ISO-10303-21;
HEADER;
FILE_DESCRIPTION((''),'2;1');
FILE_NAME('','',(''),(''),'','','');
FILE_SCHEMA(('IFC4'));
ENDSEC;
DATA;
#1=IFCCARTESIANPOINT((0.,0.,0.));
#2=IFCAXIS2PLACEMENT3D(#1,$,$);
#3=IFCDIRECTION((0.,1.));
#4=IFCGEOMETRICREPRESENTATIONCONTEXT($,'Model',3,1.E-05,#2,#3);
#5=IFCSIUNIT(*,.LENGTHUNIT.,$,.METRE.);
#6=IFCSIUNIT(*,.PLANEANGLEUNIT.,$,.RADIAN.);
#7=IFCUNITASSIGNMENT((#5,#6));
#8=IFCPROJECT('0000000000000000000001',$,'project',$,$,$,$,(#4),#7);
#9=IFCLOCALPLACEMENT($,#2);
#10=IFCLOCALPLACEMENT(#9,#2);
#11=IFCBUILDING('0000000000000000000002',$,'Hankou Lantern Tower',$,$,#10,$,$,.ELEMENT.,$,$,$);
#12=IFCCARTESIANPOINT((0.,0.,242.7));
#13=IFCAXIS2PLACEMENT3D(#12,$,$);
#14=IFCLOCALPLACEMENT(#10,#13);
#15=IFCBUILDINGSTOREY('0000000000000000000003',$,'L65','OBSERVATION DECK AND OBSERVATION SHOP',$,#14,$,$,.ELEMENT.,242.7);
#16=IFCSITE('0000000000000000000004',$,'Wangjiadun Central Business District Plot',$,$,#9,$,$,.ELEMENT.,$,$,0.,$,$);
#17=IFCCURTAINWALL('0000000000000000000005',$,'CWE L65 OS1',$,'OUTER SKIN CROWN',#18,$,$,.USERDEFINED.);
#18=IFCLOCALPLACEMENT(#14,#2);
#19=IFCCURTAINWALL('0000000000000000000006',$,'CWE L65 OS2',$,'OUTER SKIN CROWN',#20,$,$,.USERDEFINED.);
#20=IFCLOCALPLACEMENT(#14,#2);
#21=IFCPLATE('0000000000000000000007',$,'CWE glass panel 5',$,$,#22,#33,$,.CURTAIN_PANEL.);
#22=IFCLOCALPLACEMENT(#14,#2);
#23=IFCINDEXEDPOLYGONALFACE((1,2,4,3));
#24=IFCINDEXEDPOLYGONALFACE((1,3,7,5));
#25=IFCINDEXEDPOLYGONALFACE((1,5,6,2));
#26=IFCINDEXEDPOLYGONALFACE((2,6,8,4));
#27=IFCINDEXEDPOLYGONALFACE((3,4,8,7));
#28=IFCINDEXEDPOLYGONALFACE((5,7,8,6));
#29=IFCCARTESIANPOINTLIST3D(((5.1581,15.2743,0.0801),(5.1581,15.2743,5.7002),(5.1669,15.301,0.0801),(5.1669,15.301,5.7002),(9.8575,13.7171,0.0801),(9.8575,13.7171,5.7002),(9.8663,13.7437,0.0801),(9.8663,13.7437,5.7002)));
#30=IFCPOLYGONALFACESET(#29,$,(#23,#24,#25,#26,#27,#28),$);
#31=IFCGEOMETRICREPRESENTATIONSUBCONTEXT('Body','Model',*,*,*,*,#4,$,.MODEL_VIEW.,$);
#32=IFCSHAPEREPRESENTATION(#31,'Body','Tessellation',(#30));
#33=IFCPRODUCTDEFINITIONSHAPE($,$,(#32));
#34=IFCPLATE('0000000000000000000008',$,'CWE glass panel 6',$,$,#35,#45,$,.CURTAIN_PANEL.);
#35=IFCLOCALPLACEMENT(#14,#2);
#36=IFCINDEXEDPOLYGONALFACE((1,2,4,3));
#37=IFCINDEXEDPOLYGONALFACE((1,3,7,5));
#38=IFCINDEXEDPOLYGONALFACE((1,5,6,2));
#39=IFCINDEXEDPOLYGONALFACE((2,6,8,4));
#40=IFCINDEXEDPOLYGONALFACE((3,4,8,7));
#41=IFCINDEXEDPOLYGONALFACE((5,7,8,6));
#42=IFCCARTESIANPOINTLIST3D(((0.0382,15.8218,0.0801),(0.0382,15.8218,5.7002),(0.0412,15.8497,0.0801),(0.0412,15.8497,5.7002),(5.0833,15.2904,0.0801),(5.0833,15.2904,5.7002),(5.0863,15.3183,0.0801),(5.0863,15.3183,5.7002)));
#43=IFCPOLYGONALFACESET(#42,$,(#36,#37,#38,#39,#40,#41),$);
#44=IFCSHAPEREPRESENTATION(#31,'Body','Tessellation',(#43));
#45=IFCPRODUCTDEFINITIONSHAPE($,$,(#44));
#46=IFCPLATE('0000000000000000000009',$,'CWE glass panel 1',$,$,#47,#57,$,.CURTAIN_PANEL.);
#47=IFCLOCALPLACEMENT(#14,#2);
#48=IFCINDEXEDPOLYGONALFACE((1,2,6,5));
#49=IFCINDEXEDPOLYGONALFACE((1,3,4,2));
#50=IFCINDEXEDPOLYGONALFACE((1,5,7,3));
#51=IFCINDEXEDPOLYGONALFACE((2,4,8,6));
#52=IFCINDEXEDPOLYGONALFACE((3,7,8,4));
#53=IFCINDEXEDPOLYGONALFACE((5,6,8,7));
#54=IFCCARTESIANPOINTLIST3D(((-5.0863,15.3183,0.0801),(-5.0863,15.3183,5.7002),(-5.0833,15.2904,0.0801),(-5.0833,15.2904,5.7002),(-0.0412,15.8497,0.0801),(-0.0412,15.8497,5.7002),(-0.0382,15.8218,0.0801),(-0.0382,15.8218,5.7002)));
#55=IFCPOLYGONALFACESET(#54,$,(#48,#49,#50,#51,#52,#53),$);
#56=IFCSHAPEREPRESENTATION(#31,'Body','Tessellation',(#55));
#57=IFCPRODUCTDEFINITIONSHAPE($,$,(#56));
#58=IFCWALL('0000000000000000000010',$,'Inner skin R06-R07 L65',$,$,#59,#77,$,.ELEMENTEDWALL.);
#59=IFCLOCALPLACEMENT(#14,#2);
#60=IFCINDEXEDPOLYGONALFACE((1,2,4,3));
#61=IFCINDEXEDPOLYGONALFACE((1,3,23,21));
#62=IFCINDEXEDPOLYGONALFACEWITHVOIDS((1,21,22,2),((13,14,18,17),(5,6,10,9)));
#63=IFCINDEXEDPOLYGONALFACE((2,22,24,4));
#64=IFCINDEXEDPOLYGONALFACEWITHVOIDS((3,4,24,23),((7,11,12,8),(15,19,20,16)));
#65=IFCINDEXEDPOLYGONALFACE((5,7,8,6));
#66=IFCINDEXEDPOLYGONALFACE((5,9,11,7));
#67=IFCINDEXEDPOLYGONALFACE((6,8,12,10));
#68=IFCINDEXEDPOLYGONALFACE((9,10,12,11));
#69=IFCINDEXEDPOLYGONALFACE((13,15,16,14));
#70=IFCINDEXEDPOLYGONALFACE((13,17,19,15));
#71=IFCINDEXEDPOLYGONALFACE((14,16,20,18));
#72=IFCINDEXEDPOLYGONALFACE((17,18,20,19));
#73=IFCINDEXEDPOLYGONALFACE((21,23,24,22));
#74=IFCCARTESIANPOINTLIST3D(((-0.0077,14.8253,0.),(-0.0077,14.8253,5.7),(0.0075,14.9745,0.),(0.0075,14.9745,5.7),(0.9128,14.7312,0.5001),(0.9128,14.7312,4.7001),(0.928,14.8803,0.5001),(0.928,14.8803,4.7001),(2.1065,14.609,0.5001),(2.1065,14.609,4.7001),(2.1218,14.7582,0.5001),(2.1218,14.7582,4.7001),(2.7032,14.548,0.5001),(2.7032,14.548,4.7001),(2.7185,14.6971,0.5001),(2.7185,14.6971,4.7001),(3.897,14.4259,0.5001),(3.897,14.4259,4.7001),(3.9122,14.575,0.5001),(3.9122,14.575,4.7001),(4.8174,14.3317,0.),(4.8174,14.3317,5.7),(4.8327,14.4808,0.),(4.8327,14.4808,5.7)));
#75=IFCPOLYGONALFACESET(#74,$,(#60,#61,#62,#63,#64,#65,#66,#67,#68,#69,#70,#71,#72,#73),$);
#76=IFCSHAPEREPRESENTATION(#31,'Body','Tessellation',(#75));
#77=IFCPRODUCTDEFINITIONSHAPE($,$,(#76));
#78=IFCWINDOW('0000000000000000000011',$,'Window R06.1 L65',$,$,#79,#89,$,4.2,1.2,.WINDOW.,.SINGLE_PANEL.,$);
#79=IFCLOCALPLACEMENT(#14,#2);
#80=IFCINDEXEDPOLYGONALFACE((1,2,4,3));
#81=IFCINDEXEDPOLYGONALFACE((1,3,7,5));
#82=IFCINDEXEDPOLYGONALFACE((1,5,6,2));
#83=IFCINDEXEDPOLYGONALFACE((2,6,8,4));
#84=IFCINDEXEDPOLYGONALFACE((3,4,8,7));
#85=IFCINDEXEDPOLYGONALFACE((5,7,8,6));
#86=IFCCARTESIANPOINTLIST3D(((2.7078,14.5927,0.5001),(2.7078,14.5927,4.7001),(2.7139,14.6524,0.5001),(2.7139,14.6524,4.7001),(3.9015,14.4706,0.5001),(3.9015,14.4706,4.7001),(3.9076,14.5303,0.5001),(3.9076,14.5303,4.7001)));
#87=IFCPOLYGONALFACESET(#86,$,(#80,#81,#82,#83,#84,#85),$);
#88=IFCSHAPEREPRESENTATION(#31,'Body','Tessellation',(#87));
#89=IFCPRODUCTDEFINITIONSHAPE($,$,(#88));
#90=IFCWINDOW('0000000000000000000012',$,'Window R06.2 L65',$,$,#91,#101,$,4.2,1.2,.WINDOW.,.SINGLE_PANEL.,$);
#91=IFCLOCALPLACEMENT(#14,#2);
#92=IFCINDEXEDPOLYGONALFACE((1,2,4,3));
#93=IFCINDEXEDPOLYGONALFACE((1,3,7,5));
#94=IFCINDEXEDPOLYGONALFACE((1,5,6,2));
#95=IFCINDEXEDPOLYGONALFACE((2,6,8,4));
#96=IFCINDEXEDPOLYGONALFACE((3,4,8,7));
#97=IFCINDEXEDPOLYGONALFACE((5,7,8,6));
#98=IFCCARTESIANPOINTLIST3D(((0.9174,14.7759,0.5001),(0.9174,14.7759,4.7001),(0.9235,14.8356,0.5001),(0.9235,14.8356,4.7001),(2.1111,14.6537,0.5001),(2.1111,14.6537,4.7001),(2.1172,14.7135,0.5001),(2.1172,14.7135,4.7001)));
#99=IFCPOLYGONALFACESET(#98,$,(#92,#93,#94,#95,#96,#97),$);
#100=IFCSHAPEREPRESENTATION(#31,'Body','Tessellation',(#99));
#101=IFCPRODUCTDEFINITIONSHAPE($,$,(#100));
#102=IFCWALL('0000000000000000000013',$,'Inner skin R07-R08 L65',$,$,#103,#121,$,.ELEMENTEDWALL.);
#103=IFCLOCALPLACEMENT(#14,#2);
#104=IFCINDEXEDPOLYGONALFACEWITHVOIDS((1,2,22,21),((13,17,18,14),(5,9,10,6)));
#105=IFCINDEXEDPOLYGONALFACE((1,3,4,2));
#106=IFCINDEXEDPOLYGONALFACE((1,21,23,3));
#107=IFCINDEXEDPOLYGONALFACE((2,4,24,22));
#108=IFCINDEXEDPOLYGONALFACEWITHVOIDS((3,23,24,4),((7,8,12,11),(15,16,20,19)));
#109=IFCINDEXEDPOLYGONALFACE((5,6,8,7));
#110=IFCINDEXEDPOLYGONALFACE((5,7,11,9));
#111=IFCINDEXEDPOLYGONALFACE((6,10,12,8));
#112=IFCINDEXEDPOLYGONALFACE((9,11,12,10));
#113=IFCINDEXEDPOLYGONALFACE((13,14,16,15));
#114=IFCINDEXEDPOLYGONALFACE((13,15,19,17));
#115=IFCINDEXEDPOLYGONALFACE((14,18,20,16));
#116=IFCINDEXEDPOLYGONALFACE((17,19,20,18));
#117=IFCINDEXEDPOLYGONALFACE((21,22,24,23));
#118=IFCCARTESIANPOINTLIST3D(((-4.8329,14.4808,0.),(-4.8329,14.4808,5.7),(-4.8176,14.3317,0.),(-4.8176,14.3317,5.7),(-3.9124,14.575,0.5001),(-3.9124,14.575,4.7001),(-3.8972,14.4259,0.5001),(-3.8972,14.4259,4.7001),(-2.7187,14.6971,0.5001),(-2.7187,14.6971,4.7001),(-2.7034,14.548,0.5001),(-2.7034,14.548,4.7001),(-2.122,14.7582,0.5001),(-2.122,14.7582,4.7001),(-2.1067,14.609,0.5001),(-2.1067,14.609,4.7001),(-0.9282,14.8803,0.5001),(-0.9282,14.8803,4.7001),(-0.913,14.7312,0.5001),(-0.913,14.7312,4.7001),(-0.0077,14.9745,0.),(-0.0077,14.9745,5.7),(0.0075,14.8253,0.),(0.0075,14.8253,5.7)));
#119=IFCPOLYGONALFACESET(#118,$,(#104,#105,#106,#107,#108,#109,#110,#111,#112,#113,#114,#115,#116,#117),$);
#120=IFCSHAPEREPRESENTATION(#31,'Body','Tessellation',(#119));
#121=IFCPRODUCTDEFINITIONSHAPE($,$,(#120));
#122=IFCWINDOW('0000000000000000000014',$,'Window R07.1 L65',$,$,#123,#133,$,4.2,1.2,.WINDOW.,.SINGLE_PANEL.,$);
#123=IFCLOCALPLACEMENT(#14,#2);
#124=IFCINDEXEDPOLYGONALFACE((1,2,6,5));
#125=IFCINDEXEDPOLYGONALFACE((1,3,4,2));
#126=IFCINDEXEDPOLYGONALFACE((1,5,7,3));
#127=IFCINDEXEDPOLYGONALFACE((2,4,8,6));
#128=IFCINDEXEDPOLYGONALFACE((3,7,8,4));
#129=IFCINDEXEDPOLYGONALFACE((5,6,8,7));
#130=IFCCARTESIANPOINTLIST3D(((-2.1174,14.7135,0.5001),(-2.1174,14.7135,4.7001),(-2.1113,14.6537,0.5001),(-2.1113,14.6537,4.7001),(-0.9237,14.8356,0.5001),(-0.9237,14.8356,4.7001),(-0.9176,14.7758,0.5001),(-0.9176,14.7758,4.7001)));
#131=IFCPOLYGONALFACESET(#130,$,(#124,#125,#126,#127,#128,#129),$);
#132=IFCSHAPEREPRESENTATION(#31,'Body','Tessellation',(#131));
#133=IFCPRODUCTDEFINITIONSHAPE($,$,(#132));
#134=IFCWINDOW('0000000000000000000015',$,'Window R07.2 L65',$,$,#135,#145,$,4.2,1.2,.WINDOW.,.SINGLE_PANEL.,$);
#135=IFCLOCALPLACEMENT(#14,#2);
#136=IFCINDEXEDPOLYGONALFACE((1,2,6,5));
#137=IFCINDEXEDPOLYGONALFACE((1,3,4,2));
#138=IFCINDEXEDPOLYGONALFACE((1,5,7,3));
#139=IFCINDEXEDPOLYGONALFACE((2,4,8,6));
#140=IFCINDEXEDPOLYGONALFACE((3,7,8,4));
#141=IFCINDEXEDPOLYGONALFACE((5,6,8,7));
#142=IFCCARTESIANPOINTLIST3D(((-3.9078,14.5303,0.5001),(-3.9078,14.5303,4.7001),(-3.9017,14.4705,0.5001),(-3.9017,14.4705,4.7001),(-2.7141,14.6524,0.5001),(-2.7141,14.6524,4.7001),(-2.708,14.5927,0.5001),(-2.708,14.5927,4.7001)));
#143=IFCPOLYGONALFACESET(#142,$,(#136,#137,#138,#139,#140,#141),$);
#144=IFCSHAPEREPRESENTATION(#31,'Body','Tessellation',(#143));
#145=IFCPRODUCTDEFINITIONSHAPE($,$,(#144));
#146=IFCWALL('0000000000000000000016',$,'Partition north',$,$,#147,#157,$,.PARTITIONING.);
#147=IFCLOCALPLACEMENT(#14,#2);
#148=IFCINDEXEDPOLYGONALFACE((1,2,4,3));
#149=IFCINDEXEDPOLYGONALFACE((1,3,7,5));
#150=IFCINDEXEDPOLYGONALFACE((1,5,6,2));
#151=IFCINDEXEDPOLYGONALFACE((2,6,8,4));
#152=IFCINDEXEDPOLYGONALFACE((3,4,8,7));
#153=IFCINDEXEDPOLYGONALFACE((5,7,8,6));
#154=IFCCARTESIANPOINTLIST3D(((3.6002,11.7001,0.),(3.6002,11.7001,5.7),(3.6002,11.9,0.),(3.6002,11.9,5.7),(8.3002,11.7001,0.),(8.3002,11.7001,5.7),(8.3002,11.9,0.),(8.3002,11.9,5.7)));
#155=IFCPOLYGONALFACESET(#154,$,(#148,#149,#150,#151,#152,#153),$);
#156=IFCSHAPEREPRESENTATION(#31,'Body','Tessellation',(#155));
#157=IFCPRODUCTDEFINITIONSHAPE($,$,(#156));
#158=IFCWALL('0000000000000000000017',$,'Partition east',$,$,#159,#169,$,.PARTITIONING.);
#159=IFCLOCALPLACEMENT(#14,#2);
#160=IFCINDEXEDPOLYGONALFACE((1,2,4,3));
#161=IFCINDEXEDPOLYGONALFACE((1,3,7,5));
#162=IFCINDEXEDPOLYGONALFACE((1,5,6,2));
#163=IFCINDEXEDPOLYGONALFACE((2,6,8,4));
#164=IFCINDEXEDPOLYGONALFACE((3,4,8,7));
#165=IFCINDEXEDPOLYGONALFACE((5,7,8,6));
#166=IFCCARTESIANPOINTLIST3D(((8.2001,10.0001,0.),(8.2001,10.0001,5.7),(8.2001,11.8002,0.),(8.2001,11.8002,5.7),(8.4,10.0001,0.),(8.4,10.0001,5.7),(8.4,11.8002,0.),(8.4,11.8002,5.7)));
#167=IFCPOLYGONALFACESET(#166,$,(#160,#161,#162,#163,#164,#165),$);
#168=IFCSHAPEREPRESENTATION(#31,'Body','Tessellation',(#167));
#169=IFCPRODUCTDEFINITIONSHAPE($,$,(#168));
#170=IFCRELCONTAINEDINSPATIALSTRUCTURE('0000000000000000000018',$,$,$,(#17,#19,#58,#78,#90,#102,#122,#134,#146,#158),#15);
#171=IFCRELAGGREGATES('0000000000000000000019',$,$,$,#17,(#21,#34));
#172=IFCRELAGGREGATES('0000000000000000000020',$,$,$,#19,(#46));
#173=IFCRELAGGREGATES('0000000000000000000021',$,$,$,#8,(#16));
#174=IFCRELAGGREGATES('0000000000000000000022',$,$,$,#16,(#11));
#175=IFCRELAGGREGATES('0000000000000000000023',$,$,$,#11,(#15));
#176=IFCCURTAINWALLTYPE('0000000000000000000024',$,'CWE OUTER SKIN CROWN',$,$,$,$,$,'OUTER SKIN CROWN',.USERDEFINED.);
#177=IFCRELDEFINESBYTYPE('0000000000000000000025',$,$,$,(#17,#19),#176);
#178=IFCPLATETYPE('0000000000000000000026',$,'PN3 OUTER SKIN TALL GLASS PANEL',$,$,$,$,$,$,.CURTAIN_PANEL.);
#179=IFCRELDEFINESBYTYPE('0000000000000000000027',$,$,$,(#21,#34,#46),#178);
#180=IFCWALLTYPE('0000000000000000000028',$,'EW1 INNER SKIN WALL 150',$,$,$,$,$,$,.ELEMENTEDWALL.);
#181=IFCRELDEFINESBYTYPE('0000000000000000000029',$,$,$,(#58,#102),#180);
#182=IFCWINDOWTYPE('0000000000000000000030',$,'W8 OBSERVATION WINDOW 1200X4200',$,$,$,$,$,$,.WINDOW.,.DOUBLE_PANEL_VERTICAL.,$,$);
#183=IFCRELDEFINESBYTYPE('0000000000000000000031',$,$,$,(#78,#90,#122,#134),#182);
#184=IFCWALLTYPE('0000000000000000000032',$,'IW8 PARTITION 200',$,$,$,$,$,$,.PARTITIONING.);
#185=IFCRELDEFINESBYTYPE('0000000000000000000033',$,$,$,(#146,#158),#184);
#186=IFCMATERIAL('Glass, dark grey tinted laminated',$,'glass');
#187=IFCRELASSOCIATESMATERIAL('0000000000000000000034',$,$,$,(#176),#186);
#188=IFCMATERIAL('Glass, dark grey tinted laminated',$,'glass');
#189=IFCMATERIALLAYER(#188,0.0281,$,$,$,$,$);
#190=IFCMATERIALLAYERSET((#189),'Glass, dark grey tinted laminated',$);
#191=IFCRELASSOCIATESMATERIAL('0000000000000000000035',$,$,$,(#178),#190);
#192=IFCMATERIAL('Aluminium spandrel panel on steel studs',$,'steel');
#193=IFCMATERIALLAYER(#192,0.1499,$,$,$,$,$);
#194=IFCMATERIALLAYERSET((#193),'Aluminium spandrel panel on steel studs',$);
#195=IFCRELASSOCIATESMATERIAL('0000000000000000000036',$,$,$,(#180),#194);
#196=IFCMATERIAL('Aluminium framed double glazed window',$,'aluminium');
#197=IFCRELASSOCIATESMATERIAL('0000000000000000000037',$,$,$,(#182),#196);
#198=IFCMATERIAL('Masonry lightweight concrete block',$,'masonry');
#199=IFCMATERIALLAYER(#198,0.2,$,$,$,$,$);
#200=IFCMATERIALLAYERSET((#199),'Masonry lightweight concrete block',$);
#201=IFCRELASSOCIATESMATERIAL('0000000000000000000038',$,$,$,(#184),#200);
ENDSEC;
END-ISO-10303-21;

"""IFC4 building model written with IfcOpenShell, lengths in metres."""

from ifc_helpers import new_model, si_unit, direction, frame, frame_2d, origin, origin_2d, place, context, subcontext, project, spatial, rectangle, extrude, material, layer, layer_set, type_object, element, fill, aggregate, save


model = new_model("IFC4")

# Units and contexts
model_context = context("Model", 3, precision=1e-05, world=origin(), true_north=direction((0.0, 1.0)))
body_context = subcontext(model_context, "Body", "Model", "MODEL_VIEW")
ifc_project = project(units=[si_unit("LENGTHUNIT", "METRE"), si_unit("PLANEANGLEUNIT", "RADIAN")], contexts=[model_context])

# Site, building, storey
site_placement = place(None, origin())
site = spatial("IfcSite", under=ifc_project, at=site_placement, Name="Wangjiadun Central Business District Plot", CompositionType="ELEMENT", RefElevation=0.0)
building_placement = place(site_placement, origin())
building = spatial("IfcBuilding", under=site, at=building_placement, Name="Hankou Lantern Tower", CompositionType="ELEMENT")
storey_placement = place(building_placement, frame((0.0, 0.0, 242.7)))
storey = spatial("IfcBuildingStorey", under=building, at=storey_placement, Name="L65", Description="OBSERVATION DECK AND OBSERVATION SHOP", CompositionType="ELEMENT", Elevation=242.7)

# Curtain walls
ifc_material_1 = material(Name="Glass, dark grey tinted laminated", Category="glass")
curtain_wall_type = type_object("IfcCurtainWallType", Name="CWE OUTER SKIN CROWN", ElementType="OUTER SKIN CROWN", PredefinedType="USERDEFINED", material=ifc_material_1)
curtain_wall_1_placement = place(storey_placement, origin())
curtain_wall_1 = element("IfcCurtainWall", 1, at=curtain_wall_1_placement, inside=storey, type_object=curtain_wall_type, Name="CWE L65 OS1", ObjectType="OUTER SKIN CROWN", PredefinedType="USERDEFINED")
curtain_wall_2_placement = place(storey_placement, origin())
curtain_wall_2 = element("IfcCurtainWall", 2, at=curtain_wall_2_placement, inside=storey, type_object=curtain_wall_type, Name="CWE L65 OS2", ObjectType="OUTER SKIN CROWN", PredefinedType="USERDEFINED")

# Plates
ifc_material_2 = material(Name="Glass, dark grey tinted laminated", Category="glass")
ifc_layer_1 = layer(ifc_material_2, 0.0281)
ifc_layer_set_1 = layer_set([ifc_layer_1], Name="Glass, dark grey tinted laminated")
plate_type = type_object("IfcPlateType", Name="PN3 OUTER SKIN TALL GLASS PANEL", PredefinedType="CURTAIN_PANEL", material=ifc_layer_set_1)
plate_1_placement = place(storey_placement, frame((7.5122, 14.509, 0.0801), z_axis=(0.0, 0.0, 1.0), x_axis=(-0.949241, 0.314551, 0.0)))
plate_1 = element("IfcPlate", 3, at=plate_1_placement, type_object=plate_type, Name="CWE glass panel 5", PredefinedType="CURTAIN_PANEL", context=body_context, shape_type="SweptSolid", body=[
    extrude(rectangle(XDim=4.9507, YDim=0.0281, at=origin_2d()), origin(), (0.0, 0.0, 1.0), 5.6201),
])
plate_2_placement = place(storey_placement, frame((2.5623, 15.5701, 0.0801), z_axis=(0.0, 0.0, 1.0), x_axis=(-0.994499, 0.104743, 0.0)))
plate_2 = element("IfcPlate", 4, at=plate_2_placement, type_object=plate_type, Name="CWE glass panel 6", PredefinedType="CURTAIN_PANEL", context=body_context, shape_type="SweptSolid", body=[
    extrude(rectangle(XDim=5.073, YDim=0.0281, at=origin_2d()), origin(), (0.0, 0.0, 1.0), 5.6201),
])
aggregate(curtain_wall_1, [plate_1, plate_2])
plate_3_placement = place(storey_placement, frame((-2.5623, 15.5701, 0.0801), z_axis=(0.0, 0.0, 1.0), x_axis=(-0.994499, -0.104743, 0.0)))
plate_3 = element("IfcPlate", 5, at=plate_3_placement, type_object=plate_type, Name="CWE glass panel 1", PredefinedType="CURTAIN_PANEL", context=body_context, shape_type="SweptSolid", body=[
    extrude(rectangle(XDim=5.073, YDim=0.0281, at=origin_2d()), origin(), (0.0, 0.0, 1.0), 5.6201),
])
aggregate(curtain_wall_2, [plate_3])

# Walls, openings, windows
ifc_material_3 = material(Name="Aluminium spandrel panel on steel studs", Category="steel")
ifc_layer_2 = layer(ifc_material_3, 0.1499)
ifc_layer_set_2 = layer_set([ifc_layer_2], Name="Aluminium spandrel panel on steel studs")
wall_type_1 = type_object("IfcWallType", Name="EW1 INNER SKIN WALL 150", PredefinedType="ELEMENTEDWALL", material=ifc_layer_set_2)
wall_1_placement = place(storey_placement, frame((4.8252, 14.4062, 0.0), z_axis=(0.0, 0.0, 1.0), x_axis=(-0.994807, 0.101776, 0.0)))
wall_1 = element("IfcWall", 6, at=wall_1_placement, inside=storey, type_object=wall_type_1, Name="Inner skin R06-R07 L65", PredefinedType="ELEMENTEDWALL", context=body_context, shape_type="SweptSolid", body=[
    extrude(rectangle(XDim=4.8503, YDim=0.1499, at=frame_2d((2.4253, 0.0))), origin(), (0.0, 0.0, 1.0), 5.7),
])
opening_1_placement = place(wall_1_placement, frame((0.9253, 0.0, 0.5)))
opening_1 = element("IfcOpeningElement", 7, at=opening_1_placement, cuts=wall_1, PredefinedType="OPENING", context=body_context, shape_type="SweptSolid", body=[
    extrude(rectangle(XDim=1.2, YDim=4.2, at=frame_2d((0.6001, 2.1001))), frame((0.0, 0.085, 0.0), z_axis=(0.0, -1.0, 0.0), x_axis=(1.0, 0.0, 0.0)), (0.0, 0.0, 1.0), 0.1699),
])
opening_2_placement = place(wall_1_placement, frame((2.7251, 0.0, 0.5)))
opening_2 = element("IfcOpeningElement", 8, at=opening_2_placement, cuts=wall_1, PredefinedType="OPENING", context=body_context, shape_type="SweptSolid", body=[
    extrude(rectangle(XDim=1.2, YDim=4.2, at=frame_2d((0.6001, 2.1001))), frame((0.0, 0.085, 0.0), z_axis=(0.0, -1.0, 0.0), x_axis=(1.0, 0.0, 0.0)), (0.0, 0.0, 1.0), 0.1699),
])
ifc_material_4 = material(Name="Aluminium framed double glazed window", Category="aluminium")
window_type = type_object("IfcWindowType", Name="W8 OBSERVATION WINDOW 1200X4200", PartitioningType="DOUBLE_PANEL_VERTICAL", PredefinedType="WINDOW", material=ifc_material_4)
window_1_placement = place(opening_1_placement, origin())
window_1 = element("IfcWindow", 9, at=window_1_placement, inside=storey, type_object=window_type, Name="Window R06.1 L65", OverallHeight=4.2, OverallWidth=1.2, PartitioningType="SINGLE_PANEL", PredefinedType="WINDOW", context=body_context, shape_type="SweptSolid", body=[
    extrude(rectangle(XDim=1.2, YDim=4.2, at=frame_2d((0.6001, 2.1001))), frame((0.0, 0.03, 0.0), z_axis=(0.0, -1.0, 0.0), x_axis=(1.0, 0.0, 0.0)), (0.0, 0.0, 1.0), 0.0601),
])
fill(opening_1, window_1)
window_2_placement = place(opening_2_placement, origin())
window_2 = element("IfcWindow", 10, at=window_2_placement, inside=storey, type_object=window_type, Name="Window R06.2 L65", OverallHeight=4.2, OverallWidth=1.2, PartitioningType="SINGLE_PANEL", PredefinedType="WINDOW", context=body_context, shape_type="SweptSolid", body=[
    extrude(rectangle(XDim=1.2, YDim=4.2, at=frame_2d((0.6001, 2.1001))), frame((0.0, 0.03, 0.0), z_axis=(0.0, -1.0, 0.0), x_axis=(1.0, 0.0, 0.0)), (0.0, 0.0, 1.0), 0.0601),
])
fill(opening_2, window_2)
wall_2_placement = place(storey_placement, frame((0.0, 14.8999, 0.0), z_axis=(0.0, 0.0, 1.0), x_axis=(-0.994807, -0.101776, 0.0)))
wall_2 = element("IfcWall", 11, at=wall_2_placement, inside=storey, type_object=wall_type_1, Name="Inner skin R07-R08 L65", PredefinedType="ELEMENTEDWALL", context=body_context, shape_type="SweptSolid", body=[
    extrude(rectangle(XDim=4.8503, YDim=0.1499, at=frame_2d((2.4253, 0.0))), origin(), (0.0, 0.0, 1.0), 5.7),
])
opening_3_placement = place(wall_2_placement, frame((0.9253, 0.0, 0.5)))
opening_3 = element("IfcOpeningElement", 12, at=opening_3_placement, cuts=wall_2, PredefinedType="OPENING", context=body_context, shape_type="SweptSolid", body=[
    extrude(rectangle(XDim=1.2, YDim=4.2, at=frame_2d((0.6001, 2.1001))), frame((0.0, 0.085, 0.0), z_axis=(0.0, -1.0, 0.0), x_axis=(1.0, 0.0, 0.0)), (0.0, 0.0, 1.0), 0.1699),
])
opening_4_placement = place(wall_2_placement, frame((2.7251, 0.0, 0.5)))
opening_4 = element("IfcOpeningElement", 13, at=opening_4_placement, cuts=wall_2, PredefinedType="OPENING", context=body_context, shape_type="SweptSolid", body=[
    extrude(rectangle(XDim=1.2, YDim=4.2, at=frame_2d((0.6001, 2.1001))), frame((0.0, 0.085, 0.0), z_axis=(0.0, -1.0, 0.0), x_axis=(1.0, 0.0, 0.0)), (0.0, 0.0, 1.0), 0.1699),
])
window_3_placement = place(opening_3_placement, origin())
window_3 = element("IfcWindow", 14, at=window_3_placement, inside=storey, type_object=window_type, Name="Window R07.1 L65", OverallHeight=4.2, OverallWidth=1.2, PartitioningType="SINGLE_PANEL", PredefinedType="WINDOW", context=body_context, shape_type="SweptSolid", body=[
    extrude(rectangle(XDim=1.2, YDim=4.2, at=frame_2d((0.6001, 2.1001))), frame((0.0, 0.03, 0.0), z_axis=(0.0, -1.0, 0.0), x_axis=(1.0, 0.0, 0.0)), (0.0, 0.0, 1.0), 0.0601),
])
fill(opening_3, window_3)
window_4_placement = place(opening_4_placement, origin())
window_4 = element("IfcWindow", 15, at=window_4_placement, inside=storey, type_object=window_type, Name="Window R07.2 L65", OverallHeight=4.2, OverallWidth=1.2, PartitioningType="SINGLE_PANEL", PredefinedType="WINDOW", context=body_context, shape_type="SweptSolid", body=[
    extrude(rectangle(XDim=1.2, YDim=4.2, at=frame_2d((0.6001, 2.1001))), frame((0.0, 0.03, 0.0), z_axis=(0.0, -1.0, 0.0), x_axis=(1.0, 0.0, 0.0)), (0.0, 0.0, 1.0), 0.0601),
])
fill(opening_4, window_4)

# Walls
ifc_material_5 = material(Name="Masonry lightweight concrete block", Category="masonry")
ifc_layer_3 = layer(ifc_material_5, 0.2)
ifc_layer_set_3 = layer_set([ifc_layer_3], Name="Masonry lightweight concrete block")
wall_type_2 = type_object("IfcWallType", Name="IW8 PARTITION 200", PredefinedType="PARTITIONING", material=ifc_layer_set_3)
wall_3_placement = place(storey_placement, frame((3.6001, 11.8, 0.0), z_axis=(0.0, 0.0, 1.0), x_axis=(1.0, 0.0, 0.0)))
element("IfcWall", 16, at=wall_3_placement, inside=storey, type_object=wall_type_2, Name="Partition north", PredefinedType="PARTITIONING", context=body_context, shape_type="SweptSolid", body=[
    extrude(rectangle(XDim=4.7, YDim=0.2, at=frame_2d((2.3501, 0.0))), origin(), (0.0, 0.0, 1.0), 5.7),
])
wall_4_placement = place(storey_placement, frame((8.3, 11.8, 0.0), z_axis=(0.0, 0.0, 1.0), x_axis=(0.0, -1.0, 0.0)))
element("IfcWall", 17, at=wall_4_placement, inside=storey, type_object=wall_type_2, Name="Partition east", PredefinedType="PARTITIONING", context=body_context, shape_type="SweptSolid", body=[
    extrude(rectangle(XDim=1.8, YDim=0.2, at=frame_2d((0.8999, 0.0))), origin(), (0.0, 0.0, 1.0), 5.7),
])

save(model, "model.ifc")
